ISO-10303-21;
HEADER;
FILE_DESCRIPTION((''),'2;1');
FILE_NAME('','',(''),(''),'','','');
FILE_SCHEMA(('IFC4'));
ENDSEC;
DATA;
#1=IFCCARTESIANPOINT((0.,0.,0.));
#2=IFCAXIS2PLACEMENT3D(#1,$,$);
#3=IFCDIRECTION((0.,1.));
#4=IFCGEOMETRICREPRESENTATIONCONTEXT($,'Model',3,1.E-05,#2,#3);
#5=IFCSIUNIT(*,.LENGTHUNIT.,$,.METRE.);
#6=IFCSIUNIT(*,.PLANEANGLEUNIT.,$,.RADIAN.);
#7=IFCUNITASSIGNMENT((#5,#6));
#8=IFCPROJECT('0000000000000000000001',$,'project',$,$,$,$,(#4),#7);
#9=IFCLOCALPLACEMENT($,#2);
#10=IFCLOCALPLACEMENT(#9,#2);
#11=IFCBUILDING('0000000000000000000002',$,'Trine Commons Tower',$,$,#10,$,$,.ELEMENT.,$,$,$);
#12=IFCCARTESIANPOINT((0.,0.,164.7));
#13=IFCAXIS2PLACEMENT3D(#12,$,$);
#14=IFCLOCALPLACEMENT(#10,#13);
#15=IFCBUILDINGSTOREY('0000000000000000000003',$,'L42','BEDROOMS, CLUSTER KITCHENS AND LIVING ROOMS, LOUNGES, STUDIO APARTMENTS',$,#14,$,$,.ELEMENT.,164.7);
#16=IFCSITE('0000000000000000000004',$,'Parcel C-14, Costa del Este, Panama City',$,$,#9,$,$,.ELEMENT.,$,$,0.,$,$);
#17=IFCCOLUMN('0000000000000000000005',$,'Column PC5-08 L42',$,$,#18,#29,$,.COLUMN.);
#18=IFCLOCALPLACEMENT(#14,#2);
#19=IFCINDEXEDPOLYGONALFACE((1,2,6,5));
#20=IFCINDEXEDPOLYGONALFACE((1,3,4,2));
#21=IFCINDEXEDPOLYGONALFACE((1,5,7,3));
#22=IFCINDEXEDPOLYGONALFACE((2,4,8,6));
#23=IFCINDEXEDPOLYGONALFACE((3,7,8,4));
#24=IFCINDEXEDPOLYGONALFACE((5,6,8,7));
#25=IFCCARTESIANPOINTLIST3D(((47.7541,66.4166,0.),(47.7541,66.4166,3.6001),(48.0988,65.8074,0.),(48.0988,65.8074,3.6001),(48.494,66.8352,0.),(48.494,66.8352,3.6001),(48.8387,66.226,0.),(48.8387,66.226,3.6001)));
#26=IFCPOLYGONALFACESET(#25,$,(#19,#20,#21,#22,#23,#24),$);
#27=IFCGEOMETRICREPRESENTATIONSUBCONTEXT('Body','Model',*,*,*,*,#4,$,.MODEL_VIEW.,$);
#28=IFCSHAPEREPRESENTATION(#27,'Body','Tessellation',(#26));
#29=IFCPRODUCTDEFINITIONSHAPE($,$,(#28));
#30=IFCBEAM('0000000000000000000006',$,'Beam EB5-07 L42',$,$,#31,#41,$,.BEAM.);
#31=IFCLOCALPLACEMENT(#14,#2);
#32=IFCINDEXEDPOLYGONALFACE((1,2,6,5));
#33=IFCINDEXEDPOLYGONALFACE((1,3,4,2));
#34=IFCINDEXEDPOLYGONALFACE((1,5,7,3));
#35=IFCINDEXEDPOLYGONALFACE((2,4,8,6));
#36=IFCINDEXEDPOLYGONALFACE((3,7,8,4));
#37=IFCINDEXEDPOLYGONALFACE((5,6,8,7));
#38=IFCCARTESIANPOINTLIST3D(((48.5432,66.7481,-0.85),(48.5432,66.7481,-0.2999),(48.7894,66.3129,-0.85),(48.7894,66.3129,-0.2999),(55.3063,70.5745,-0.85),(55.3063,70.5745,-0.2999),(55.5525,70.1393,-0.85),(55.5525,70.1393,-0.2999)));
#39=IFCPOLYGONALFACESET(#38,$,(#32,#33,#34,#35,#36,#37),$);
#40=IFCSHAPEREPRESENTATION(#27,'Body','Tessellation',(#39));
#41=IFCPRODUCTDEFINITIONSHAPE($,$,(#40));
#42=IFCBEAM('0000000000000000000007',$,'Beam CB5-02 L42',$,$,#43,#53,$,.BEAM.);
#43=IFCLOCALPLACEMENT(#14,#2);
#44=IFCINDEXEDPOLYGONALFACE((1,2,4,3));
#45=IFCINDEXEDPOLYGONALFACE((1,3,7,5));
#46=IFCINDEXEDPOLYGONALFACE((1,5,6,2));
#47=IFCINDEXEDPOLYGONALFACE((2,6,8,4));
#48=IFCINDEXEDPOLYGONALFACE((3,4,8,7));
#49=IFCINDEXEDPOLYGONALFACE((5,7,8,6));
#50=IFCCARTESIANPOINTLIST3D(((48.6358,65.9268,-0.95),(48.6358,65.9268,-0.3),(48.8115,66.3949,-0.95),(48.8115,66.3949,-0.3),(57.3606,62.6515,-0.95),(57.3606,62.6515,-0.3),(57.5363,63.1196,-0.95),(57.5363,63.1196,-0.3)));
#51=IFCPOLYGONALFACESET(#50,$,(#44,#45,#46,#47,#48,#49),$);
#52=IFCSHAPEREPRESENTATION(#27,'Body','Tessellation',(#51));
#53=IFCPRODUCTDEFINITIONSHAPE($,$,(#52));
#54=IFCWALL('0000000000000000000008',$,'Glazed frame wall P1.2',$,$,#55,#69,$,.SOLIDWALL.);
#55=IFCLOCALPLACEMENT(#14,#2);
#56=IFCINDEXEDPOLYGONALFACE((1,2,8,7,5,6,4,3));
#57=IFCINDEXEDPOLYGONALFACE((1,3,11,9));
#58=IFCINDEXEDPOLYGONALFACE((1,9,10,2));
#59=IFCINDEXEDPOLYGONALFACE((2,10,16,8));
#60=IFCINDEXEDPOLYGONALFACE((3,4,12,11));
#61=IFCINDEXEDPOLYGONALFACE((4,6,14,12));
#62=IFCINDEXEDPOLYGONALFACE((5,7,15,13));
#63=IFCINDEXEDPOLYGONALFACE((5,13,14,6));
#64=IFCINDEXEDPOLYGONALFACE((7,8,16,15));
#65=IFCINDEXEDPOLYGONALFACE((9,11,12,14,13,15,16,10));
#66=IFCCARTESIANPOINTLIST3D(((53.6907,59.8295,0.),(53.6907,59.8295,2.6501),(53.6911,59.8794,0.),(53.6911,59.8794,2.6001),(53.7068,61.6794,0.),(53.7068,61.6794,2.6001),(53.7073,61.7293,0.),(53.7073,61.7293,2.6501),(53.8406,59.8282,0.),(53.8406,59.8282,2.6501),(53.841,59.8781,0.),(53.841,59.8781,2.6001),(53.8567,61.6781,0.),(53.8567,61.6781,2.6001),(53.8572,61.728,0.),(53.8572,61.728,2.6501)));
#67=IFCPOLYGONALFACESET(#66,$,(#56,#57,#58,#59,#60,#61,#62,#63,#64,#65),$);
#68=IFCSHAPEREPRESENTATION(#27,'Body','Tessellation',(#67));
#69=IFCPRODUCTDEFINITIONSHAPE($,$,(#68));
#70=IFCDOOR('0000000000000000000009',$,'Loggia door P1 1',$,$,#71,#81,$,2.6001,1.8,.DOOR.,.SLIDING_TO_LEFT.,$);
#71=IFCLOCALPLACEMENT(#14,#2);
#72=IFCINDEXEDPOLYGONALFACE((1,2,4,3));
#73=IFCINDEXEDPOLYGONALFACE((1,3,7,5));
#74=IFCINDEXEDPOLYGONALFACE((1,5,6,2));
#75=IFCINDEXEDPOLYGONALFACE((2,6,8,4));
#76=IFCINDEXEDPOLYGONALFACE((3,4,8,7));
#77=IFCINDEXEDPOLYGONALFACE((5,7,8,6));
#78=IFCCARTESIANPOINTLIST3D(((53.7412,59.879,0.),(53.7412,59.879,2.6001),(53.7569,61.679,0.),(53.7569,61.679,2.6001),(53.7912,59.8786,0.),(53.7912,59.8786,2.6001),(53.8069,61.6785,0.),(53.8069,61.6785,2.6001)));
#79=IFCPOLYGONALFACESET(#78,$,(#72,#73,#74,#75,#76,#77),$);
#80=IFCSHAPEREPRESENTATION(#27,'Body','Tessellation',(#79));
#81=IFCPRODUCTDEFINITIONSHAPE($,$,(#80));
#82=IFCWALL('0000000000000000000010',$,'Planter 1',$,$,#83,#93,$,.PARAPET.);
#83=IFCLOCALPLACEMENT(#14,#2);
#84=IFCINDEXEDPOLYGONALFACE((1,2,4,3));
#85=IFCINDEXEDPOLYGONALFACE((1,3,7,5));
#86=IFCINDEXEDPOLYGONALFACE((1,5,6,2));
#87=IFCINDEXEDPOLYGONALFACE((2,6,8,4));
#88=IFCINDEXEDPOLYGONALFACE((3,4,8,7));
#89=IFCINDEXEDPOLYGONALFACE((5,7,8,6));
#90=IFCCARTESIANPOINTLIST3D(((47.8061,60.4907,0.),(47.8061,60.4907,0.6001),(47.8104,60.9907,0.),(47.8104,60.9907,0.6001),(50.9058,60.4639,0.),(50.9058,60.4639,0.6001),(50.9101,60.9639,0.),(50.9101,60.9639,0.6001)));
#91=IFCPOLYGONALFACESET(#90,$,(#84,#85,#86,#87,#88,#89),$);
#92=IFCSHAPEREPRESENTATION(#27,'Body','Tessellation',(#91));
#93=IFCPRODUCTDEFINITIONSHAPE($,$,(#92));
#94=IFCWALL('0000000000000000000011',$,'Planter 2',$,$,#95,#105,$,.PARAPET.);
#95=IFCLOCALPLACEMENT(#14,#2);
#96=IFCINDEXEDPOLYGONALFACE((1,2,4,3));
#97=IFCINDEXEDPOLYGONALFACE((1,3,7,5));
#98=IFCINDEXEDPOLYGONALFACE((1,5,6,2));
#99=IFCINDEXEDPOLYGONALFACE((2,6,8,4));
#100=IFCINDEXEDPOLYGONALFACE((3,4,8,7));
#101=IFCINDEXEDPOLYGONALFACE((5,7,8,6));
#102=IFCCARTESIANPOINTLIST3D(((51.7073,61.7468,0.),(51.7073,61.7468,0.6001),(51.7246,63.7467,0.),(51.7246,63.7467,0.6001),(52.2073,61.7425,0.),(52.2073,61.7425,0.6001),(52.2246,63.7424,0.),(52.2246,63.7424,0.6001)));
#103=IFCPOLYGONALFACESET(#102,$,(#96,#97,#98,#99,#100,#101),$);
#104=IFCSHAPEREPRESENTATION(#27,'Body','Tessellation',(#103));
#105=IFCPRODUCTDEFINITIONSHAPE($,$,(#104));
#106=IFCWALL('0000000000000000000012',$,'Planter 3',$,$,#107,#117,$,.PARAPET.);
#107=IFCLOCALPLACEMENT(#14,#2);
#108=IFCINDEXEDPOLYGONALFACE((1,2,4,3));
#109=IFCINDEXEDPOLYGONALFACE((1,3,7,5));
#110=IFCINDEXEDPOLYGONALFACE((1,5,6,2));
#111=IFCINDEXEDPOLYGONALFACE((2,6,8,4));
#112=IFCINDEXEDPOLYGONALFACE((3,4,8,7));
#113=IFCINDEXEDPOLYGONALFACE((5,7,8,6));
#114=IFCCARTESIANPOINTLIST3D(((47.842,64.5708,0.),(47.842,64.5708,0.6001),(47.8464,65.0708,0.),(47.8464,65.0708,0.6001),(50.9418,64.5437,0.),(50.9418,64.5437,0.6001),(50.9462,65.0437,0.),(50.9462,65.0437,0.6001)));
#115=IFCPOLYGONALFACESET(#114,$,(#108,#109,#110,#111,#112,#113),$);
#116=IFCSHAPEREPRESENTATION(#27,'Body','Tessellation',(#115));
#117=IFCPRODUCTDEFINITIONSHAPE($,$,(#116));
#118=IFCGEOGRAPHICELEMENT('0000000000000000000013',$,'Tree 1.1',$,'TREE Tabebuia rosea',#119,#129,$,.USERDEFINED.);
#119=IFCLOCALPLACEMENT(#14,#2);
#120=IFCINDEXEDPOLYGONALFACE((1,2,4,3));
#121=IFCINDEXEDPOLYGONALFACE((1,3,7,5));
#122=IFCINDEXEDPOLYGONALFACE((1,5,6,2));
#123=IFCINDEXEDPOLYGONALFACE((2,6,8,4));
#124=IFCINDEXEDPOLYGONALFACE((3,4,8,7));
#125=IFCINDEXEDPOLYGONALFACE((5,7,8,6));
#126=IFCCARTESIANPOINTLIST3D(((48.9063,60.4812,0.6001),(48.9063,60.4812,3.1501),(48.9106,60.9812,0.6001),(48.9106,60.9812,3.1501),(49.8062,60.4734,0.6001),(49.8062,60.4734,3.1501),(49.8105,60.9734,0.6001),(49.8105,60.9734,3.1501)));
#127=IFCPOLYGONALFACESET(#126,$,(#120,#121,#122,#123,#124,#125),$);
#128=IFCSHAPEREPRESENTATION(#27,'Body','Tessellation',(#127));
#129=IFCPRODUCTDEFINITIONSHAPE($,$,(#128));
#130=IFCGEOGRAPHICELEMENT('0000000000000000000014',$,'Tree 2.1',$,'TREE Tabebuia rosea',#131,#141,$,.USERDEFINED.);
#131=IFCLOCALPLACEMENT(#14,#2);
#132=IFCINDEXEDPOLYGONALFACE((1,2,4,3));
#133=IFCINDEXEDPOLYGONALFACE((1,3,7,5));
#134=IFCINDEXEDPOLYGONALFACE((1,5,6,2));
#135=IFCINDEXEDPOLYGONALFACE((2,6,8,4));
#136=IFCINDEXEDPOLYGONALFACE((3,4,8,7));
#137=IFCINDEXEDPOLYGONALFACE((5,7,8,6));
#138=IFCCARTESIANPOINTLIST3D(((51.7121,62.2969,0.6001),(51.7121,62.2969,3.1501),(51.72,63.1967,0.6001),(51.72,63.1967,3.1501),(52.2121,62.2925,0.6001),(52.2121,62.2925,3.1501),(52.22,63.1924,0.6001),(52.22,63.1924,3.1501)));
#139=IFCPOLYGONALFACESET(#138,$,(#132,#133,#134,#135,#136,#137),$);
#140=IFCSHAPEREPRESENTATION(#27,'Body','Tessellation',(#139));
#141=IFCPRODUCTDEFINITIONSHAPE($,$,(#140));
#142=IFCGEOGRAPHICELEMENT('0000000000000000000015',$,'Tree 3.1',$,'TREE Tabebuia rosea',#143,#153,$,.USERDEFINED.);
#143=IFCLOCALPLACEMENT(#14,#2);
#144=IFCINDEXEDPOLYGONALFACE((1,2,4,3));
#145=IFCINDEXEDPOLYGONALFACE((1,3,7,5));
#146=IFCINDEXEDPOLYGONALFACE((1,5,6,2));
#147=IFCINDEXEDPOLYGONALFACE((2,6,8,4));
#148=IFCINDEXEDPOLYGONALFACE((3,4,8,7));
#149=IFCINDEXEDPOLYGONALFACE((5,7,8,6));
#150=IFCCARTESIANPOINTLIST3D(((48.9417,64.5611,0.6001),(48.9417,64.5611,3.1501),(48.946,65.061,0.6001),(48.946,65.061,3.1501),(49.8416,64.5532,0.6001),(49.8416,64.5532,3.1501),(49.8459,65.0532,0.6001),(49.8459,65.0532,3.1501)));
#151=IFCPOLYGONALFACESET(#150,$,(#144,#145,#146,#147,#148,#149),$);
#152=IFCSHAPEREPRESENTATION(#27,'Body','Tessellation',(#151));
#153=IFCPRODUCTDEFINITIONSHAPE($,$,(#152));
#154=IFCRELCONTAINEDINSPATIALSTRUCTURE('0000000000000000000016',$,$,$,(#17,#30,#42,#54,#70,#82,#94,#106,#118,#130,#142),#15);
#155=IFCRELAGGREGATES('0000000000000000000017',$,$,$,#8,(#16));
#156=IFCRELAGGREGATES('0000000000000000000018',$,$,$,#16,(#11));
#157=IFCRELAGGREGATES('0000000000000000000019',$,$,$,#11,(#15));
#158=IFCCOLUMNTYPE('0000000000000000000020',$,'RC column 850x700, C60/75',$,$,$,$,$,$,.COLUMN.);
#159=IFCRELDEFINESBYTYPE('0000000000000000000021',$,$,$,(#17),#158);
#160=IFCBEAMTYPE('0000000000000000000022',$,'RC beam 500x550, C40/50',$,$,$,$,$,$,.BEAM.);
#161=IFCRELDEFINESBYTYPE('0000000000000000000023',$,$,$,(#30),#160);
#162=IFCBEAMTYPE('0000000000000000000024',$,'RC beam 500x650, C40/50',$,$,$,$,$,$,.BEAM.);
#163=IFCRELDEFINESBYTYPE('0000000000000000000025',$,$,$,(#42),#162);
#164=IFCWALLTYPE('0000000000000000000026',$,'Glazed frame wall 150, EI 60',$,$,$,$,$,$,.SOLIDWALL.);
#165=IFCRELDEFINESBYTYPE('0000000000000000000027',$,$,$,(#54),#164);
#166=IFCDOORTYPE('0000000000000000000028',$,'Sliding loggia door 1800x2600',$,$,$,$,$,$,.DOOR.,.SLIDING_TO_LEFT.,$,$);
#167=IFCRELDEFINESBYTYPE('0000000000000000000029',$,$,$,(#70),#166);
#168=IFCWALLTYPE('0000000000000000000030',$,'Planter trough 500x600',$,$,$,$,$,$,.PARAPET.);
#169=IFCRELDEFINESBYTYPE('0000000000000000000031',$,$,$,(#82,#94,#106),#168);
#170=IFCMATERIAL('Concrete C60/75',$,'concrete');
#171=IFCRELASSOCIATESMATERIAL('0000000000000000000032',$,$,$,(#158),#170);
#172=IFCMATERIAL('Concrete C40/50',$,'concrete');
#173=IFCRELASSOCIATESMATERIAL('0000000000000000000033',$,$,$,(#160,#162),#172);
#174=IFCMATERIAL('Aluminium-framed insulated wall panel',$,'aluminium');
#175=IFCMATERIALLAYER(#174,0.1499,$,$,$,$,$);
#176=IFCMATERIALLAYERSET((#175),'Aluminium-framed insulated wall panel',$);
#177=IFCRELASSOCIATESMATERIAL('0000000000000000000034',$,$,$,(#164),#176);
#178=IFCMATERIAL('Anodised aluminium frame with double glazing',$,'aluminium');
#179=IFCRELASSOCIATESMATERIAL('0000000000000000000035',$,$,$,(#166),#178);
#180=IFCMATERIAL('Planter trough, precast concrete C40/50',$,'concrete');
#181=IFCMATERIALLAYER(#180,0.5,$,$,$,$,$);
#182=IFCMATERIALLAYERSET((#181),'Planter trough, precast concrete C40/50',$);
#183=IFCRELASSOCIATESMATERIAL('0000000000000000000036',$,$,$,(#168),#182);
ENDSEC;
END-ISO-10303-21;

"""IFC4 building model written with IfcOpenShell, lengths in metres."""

from ifc_helpers import new_model, si_unit, direction, frame, frame_2d, origin, origin_2d, place, context, subcontext, project, spatial, polyline, rectangle, outline, extrude, material, layer, layer_set, material_profile, profile_set, type_object, element, fill, save


model = new_model("IFC4")

# Units and contexts
model_context = context("Model", 3, precision=1e-05, world=origin(), true_north=direction((0.0, 1.0)))
body_context = subcontext(model_context, "Body", "Model", "MODEL_VIEW")
ifc_project = project(units=[si_unit("LENGTHUNIT", "METRE"), si_unit("PLANEANGLEUNIT", "RADIAN")], contexts=[model_context])

# Site, building, storey
site_placement = place(None, origin())
site = spatial("IfcSite", under=ifc_project, at=site_placement, Name="Parcel C-14, Costa del Este, Panama City", CompositionType="ELEMENT", RefElevation=0.0)
building_placement = place(site_placement, origin())
building = spatial("IfcBuilding", under=site, at=building_placement, Name="Trine Commons Tower", CompositionType="ELEMENT")
storey_placement = place(building_placement, frame((0.0, 0.0, 164.7)))
storey = spatial("IfcBuildingStorey", under=building, at=storey_placement, Name="L42", Description="BEDROOMS, CLUSTER KITCHENS AND LIVING ROOMS, LOUNGES, STUDIO APARTMENTS", CompositionType="ELEMENT", Elevation=164.7)

# Column
ifc_material_1 = material(Name="Concrete C60/75", Category="concrete")
ifc_material_profile_1 = material_profile(ifc_material_1, rectangle(XDim=0.8501, YDim=0.7, at=origin_2d()), Name="RC 850x700")
ifc_profile_set_1 = profile_set([ifc_material_profile_1], Name="Concrete C60/75")
column_type = type_object("IfcColumnType", Name="RC column 850x700, C60/75", PredefinedType="COLUMN", material=ifc_profile_set_1)
column_placement = place(storey_placement, frame((48.2964, 66.3213, 0.0), z_axis=(0.0, 0.0, 1.0), x_axis=(0.870356, 0.492424, 0.0)))
element("IfcColumn", 1, at=column_placement, inside=storey, type_object=column_type, Name="Column PC5-08 L42", PredefinedType="COLUMN", context=body_context, shape_type="SweptSolid", body=[
    extrude(rectangle(XDim=0.8501, YDim=0.7, at=origin_2d()), origin(), (0.0, 0.0, 1.0), 3.6001),
])

# Beams
ifc_material_2 = material(Name="Concrete C40/50", Category="concrete")
ifc_material_profile_2 = material_profile(ifc_material_2, rectangle(XDim=0.5, YDim=0.55, at=origin_2d()), Name="RC 500x550")
ifc_profile_set_2 = profile_set([ifc_material_profile_2], Name="Concrete C40/50")
beam_type_1 = type_object("IfcBeamType", Name="RC beam 500x550, C40/50", PredefinedType="BEAM", material=ifc_profile_set_2)
beam_1_placement = place(storey_placement, frame((48.6663, 66.5305, -0.575), z_axis=(0.870356, 0.492423, 0.0), x_axis=(-0.492423, 0.870356, 0.0)))
element("IfcBeam", 2, at=beam_1_placement, inside=storey, type_object=beam_type_1, Name="Beam EB5-07 L42", PredefinedType="BEAM", context=body_context, shape_type="SweptSolid", body=[
    extrude(rectangle(XDim=0.5, YDim=0.55, at=origin_2d()), origin(), (0.0, 0.0, 1.0), 7.7705),
])
ifc_material_profile_3 = material_profile(ifc_material_2, rectangle(XDim=0.5, YDim=0.6499, at=origin_2d()), Name="RC 500x650")
ifc_profile_set_3 = profile_set([ifc_material_profile_3], Name="Concrete C40/50")
beam_type_2 = type_object("IfcBeamType", Name="RC beam 500x650, C40/50", PredefinedType="BEAM", material=ifc_profile_set_3)
beam_2_placement = place(storey_placement, frame((48.7236, 66.1609, -0.625), z_axis=(0.936203, -0.351459, 0.0), x_axis=(0.351459, 0.936203, 0.0)))
element("IfcBeam", 3, at=beam_2_placement, inside=storey, type_object=beam_type_2, Name="Beam CB5-02 L42", PredefinedType="BEAM", context=body_context, shape_type="SweptSolid", body=[
    extrude(rectangle(XDim=0.5, YDim=0.6499, at=origin_2d()), origin(), (0.0, 0.0, 1.0), 9.3193),
])

# Wall, opening, door
ifc_material_3 = material(Name="Aluminium-framed insulated wall panel", Category="aluminium")
ifc_layer_1 = layer(ifc_material_3, 0.1499)
ifc_layer_set_1 = layer_set([ifc_layer_1], Name="Aluminium-framed insulated wall panel")
wall_type_1 = type_object("IfcWallType", Name="Glazed frame wall 150, EI 60", PredefinedType="SOLIDWALL", material=ifc_layer_set_1)
wall_1_placement = place(storey_placement, frame((53.7656, 59.8289, 0.0), z_axis=(0.0, 0.0, 1.0), x_axis=(0.008738, 0.999962, 0.0)))
wall_1 = element("IfcWall", 4, at=wall_1_placement, inside=storey, type_object=wall_type_1, Name="Glazed frame wall P1.2", PredefinedType="SOLIDWALL", context=body_context, shape_type="SweptSolid", body=[
    extrude(outline(polyline([(0.0, -0.075), (1.8999, -0.075), (1.8999, 0.075), (0.0, 0.075), (0.0, -0.075)])), origin(), (0.0, 0.0, 1.0), 2.6501),
])
opening_1_placement = place(wall_1_placement, frame((0.05, 0.0, 0.0)))
opening_1 = element("IfcOpeningElement", 5, at=opening_1_placement, cuts=wall_1, PredefinedType="OPENING", context=body_context, shape_type="SweptSolid", body=[
    extrude(rectangle(XDim=1.8, YDim=2.6001, at=frame_2d((0.8999, 1.3))), frame((0.0, 0.085, 0.0), z_axis=(0.0, -1.0, 0.0), x_axis=(1.0, 0.0, 0.0)), (0.0, 0.0, 1.0), 0.1699),
])
ifc_material_4 = material(Name="Anodised aluminium frame with double glazing", Category="aluminium")
door_type = type_object("IfcDoorType", Name="Sliding loggia door 1800x2600", OperationType="SLIDING_TO_LEFT", PredefinedType="DOOR", material=ifc_material_4)
door_1_placement = place(opening_1_placement, origin())
door_1 = element("IfcDoor", 6, at=door_1_placement, inside=storey, type_object=door_type, Name="Loggia door P1 1", OperationType="SLIDING_TO_LEFT", OverallHeight=2.6001, OverallWidth=1.8, PredefinedType="DOOR", context=body_context, shape_type="SweptSolid", body=[
    extrude(rectangle(XDim=1.8, YDim=2.6001, at=frame_2d((0.8999, 1.3))), frame((0.0, 0.0249, 0.0), z_axis=(0.0, -1.0, 0.0), x_axis=(1.0, 0.0, 0.0)), (0.0, 0.0, 1.0), 0.05),
])
fill(opening_1, door_1)

# Walls
ifc_material_5 = material(Name="Planter trough, precast concrete C40/50", Category="concrete")
ifc_layer_2 = layer(ifc_material_5, 0.5)
ifc_layer_set_2 = layer_set([ifc_layer_2], Name="Planter trough, precast concrete C40/50")
wall_type_2 = type_object("IfcWallType", Name="Planter trough 500x600", PredefinedType="PARAPET", material=ifc_layer_set_2)
wall_2_placement = place(storey_placement, frame((47.8083, 60.7407, 0.0), z_axis=(0.0, 0.0, 1.0), x_axis=(0.999962, -0.008663, 0.0)))
element("IfcWall", 7, at=wall_2_placement, inside=storey, type_object=wall_type_2, Name="Planter 1", PredefinedType="PARAPET", context=body_context, shape_type="SweptSolid", body=[
    extrude(rectangle(XDim=3.0999, YDim=0.5, at=frame_2d((1.5498, 0.0))), origin(), (0.0, 0.0, 1.0), 0.6001),
])
wall_3_placement = place(storey_placement, frame((51.9573, 61.7446, 0.0), z_axis=(0.0, 0.0, 1.0), x_axis=(0.008667, 0.999962, 0.0)))
element("IfcWall", 8, at=wall_3_placement, inside=storey, type_object=wall_type_2, Name="Planter 2", PredefinedType="PARAPET", context=body_context, shape_type="SweptSolid", body=[
    extrude(rectangle(XDim=2.0, YDim=0.5, at=frame_2d((1.0, 0.0))), origin(), (0.0, 0.0, 1.0), 0.6001),
])
wall_4_placement = place(storey_placement, frame((50.9438, 64.7937, 0.0), z_axis=(0.0, 0.0, 1.0), x_axis=(-0.999962, 0.008742, 0.0)))
element("IfcWall", 9, at=wall_4_placement, inside=storey, type_object=wall_type_2, Name="Planter 3", PredefinedType="PARAPET", context=body_context, shape_type="SweptSolid", body=[
    extrude(rectangle(XDim=3.0999, YDim=0.5, at=frame_2d((1.5498, 0.0))), origin(), (0.0, 0.0, 1.0), 0.6001),
])

# Geographic elements
for number, where, z_axis, x_axis, name in (
    (10, (49.3584, 60.7273, 0.6001), (0.0, 0.0, 1.0), (0.999962, -0.008727, 0.0), "Tree 1.1"),
    (11, (51.9661, 62.7446, 0.6001), (0.0, 0.0, 1.0), (0.008727, 0.999962, 0.0), "Tree 2.1"),
    (12, (49.3938, 64.8071, 0.6001), (0.0, 0.0, 1.0), (-0.999962, 0.008727, 0.0), "Tree 3.1"),
):
    element("IfcGeographicElement", number, at=place(storey_placement, frame(where, z_axis=z_axis, x_axis=x_axis)), inside=storey, Name=name, ObjectType="TREE Tabebuia rosea", PredefinedType="USERDEFINED", context=body_context, shape_type="SweptSolid", body=[
        extrude(rectangle(XDim=0.8999, YDim=0.5, at=origin_2d()), origin(), (0.0, 0.0, 1.0), 2.55),
    ])

save(model, "model.ifc")
